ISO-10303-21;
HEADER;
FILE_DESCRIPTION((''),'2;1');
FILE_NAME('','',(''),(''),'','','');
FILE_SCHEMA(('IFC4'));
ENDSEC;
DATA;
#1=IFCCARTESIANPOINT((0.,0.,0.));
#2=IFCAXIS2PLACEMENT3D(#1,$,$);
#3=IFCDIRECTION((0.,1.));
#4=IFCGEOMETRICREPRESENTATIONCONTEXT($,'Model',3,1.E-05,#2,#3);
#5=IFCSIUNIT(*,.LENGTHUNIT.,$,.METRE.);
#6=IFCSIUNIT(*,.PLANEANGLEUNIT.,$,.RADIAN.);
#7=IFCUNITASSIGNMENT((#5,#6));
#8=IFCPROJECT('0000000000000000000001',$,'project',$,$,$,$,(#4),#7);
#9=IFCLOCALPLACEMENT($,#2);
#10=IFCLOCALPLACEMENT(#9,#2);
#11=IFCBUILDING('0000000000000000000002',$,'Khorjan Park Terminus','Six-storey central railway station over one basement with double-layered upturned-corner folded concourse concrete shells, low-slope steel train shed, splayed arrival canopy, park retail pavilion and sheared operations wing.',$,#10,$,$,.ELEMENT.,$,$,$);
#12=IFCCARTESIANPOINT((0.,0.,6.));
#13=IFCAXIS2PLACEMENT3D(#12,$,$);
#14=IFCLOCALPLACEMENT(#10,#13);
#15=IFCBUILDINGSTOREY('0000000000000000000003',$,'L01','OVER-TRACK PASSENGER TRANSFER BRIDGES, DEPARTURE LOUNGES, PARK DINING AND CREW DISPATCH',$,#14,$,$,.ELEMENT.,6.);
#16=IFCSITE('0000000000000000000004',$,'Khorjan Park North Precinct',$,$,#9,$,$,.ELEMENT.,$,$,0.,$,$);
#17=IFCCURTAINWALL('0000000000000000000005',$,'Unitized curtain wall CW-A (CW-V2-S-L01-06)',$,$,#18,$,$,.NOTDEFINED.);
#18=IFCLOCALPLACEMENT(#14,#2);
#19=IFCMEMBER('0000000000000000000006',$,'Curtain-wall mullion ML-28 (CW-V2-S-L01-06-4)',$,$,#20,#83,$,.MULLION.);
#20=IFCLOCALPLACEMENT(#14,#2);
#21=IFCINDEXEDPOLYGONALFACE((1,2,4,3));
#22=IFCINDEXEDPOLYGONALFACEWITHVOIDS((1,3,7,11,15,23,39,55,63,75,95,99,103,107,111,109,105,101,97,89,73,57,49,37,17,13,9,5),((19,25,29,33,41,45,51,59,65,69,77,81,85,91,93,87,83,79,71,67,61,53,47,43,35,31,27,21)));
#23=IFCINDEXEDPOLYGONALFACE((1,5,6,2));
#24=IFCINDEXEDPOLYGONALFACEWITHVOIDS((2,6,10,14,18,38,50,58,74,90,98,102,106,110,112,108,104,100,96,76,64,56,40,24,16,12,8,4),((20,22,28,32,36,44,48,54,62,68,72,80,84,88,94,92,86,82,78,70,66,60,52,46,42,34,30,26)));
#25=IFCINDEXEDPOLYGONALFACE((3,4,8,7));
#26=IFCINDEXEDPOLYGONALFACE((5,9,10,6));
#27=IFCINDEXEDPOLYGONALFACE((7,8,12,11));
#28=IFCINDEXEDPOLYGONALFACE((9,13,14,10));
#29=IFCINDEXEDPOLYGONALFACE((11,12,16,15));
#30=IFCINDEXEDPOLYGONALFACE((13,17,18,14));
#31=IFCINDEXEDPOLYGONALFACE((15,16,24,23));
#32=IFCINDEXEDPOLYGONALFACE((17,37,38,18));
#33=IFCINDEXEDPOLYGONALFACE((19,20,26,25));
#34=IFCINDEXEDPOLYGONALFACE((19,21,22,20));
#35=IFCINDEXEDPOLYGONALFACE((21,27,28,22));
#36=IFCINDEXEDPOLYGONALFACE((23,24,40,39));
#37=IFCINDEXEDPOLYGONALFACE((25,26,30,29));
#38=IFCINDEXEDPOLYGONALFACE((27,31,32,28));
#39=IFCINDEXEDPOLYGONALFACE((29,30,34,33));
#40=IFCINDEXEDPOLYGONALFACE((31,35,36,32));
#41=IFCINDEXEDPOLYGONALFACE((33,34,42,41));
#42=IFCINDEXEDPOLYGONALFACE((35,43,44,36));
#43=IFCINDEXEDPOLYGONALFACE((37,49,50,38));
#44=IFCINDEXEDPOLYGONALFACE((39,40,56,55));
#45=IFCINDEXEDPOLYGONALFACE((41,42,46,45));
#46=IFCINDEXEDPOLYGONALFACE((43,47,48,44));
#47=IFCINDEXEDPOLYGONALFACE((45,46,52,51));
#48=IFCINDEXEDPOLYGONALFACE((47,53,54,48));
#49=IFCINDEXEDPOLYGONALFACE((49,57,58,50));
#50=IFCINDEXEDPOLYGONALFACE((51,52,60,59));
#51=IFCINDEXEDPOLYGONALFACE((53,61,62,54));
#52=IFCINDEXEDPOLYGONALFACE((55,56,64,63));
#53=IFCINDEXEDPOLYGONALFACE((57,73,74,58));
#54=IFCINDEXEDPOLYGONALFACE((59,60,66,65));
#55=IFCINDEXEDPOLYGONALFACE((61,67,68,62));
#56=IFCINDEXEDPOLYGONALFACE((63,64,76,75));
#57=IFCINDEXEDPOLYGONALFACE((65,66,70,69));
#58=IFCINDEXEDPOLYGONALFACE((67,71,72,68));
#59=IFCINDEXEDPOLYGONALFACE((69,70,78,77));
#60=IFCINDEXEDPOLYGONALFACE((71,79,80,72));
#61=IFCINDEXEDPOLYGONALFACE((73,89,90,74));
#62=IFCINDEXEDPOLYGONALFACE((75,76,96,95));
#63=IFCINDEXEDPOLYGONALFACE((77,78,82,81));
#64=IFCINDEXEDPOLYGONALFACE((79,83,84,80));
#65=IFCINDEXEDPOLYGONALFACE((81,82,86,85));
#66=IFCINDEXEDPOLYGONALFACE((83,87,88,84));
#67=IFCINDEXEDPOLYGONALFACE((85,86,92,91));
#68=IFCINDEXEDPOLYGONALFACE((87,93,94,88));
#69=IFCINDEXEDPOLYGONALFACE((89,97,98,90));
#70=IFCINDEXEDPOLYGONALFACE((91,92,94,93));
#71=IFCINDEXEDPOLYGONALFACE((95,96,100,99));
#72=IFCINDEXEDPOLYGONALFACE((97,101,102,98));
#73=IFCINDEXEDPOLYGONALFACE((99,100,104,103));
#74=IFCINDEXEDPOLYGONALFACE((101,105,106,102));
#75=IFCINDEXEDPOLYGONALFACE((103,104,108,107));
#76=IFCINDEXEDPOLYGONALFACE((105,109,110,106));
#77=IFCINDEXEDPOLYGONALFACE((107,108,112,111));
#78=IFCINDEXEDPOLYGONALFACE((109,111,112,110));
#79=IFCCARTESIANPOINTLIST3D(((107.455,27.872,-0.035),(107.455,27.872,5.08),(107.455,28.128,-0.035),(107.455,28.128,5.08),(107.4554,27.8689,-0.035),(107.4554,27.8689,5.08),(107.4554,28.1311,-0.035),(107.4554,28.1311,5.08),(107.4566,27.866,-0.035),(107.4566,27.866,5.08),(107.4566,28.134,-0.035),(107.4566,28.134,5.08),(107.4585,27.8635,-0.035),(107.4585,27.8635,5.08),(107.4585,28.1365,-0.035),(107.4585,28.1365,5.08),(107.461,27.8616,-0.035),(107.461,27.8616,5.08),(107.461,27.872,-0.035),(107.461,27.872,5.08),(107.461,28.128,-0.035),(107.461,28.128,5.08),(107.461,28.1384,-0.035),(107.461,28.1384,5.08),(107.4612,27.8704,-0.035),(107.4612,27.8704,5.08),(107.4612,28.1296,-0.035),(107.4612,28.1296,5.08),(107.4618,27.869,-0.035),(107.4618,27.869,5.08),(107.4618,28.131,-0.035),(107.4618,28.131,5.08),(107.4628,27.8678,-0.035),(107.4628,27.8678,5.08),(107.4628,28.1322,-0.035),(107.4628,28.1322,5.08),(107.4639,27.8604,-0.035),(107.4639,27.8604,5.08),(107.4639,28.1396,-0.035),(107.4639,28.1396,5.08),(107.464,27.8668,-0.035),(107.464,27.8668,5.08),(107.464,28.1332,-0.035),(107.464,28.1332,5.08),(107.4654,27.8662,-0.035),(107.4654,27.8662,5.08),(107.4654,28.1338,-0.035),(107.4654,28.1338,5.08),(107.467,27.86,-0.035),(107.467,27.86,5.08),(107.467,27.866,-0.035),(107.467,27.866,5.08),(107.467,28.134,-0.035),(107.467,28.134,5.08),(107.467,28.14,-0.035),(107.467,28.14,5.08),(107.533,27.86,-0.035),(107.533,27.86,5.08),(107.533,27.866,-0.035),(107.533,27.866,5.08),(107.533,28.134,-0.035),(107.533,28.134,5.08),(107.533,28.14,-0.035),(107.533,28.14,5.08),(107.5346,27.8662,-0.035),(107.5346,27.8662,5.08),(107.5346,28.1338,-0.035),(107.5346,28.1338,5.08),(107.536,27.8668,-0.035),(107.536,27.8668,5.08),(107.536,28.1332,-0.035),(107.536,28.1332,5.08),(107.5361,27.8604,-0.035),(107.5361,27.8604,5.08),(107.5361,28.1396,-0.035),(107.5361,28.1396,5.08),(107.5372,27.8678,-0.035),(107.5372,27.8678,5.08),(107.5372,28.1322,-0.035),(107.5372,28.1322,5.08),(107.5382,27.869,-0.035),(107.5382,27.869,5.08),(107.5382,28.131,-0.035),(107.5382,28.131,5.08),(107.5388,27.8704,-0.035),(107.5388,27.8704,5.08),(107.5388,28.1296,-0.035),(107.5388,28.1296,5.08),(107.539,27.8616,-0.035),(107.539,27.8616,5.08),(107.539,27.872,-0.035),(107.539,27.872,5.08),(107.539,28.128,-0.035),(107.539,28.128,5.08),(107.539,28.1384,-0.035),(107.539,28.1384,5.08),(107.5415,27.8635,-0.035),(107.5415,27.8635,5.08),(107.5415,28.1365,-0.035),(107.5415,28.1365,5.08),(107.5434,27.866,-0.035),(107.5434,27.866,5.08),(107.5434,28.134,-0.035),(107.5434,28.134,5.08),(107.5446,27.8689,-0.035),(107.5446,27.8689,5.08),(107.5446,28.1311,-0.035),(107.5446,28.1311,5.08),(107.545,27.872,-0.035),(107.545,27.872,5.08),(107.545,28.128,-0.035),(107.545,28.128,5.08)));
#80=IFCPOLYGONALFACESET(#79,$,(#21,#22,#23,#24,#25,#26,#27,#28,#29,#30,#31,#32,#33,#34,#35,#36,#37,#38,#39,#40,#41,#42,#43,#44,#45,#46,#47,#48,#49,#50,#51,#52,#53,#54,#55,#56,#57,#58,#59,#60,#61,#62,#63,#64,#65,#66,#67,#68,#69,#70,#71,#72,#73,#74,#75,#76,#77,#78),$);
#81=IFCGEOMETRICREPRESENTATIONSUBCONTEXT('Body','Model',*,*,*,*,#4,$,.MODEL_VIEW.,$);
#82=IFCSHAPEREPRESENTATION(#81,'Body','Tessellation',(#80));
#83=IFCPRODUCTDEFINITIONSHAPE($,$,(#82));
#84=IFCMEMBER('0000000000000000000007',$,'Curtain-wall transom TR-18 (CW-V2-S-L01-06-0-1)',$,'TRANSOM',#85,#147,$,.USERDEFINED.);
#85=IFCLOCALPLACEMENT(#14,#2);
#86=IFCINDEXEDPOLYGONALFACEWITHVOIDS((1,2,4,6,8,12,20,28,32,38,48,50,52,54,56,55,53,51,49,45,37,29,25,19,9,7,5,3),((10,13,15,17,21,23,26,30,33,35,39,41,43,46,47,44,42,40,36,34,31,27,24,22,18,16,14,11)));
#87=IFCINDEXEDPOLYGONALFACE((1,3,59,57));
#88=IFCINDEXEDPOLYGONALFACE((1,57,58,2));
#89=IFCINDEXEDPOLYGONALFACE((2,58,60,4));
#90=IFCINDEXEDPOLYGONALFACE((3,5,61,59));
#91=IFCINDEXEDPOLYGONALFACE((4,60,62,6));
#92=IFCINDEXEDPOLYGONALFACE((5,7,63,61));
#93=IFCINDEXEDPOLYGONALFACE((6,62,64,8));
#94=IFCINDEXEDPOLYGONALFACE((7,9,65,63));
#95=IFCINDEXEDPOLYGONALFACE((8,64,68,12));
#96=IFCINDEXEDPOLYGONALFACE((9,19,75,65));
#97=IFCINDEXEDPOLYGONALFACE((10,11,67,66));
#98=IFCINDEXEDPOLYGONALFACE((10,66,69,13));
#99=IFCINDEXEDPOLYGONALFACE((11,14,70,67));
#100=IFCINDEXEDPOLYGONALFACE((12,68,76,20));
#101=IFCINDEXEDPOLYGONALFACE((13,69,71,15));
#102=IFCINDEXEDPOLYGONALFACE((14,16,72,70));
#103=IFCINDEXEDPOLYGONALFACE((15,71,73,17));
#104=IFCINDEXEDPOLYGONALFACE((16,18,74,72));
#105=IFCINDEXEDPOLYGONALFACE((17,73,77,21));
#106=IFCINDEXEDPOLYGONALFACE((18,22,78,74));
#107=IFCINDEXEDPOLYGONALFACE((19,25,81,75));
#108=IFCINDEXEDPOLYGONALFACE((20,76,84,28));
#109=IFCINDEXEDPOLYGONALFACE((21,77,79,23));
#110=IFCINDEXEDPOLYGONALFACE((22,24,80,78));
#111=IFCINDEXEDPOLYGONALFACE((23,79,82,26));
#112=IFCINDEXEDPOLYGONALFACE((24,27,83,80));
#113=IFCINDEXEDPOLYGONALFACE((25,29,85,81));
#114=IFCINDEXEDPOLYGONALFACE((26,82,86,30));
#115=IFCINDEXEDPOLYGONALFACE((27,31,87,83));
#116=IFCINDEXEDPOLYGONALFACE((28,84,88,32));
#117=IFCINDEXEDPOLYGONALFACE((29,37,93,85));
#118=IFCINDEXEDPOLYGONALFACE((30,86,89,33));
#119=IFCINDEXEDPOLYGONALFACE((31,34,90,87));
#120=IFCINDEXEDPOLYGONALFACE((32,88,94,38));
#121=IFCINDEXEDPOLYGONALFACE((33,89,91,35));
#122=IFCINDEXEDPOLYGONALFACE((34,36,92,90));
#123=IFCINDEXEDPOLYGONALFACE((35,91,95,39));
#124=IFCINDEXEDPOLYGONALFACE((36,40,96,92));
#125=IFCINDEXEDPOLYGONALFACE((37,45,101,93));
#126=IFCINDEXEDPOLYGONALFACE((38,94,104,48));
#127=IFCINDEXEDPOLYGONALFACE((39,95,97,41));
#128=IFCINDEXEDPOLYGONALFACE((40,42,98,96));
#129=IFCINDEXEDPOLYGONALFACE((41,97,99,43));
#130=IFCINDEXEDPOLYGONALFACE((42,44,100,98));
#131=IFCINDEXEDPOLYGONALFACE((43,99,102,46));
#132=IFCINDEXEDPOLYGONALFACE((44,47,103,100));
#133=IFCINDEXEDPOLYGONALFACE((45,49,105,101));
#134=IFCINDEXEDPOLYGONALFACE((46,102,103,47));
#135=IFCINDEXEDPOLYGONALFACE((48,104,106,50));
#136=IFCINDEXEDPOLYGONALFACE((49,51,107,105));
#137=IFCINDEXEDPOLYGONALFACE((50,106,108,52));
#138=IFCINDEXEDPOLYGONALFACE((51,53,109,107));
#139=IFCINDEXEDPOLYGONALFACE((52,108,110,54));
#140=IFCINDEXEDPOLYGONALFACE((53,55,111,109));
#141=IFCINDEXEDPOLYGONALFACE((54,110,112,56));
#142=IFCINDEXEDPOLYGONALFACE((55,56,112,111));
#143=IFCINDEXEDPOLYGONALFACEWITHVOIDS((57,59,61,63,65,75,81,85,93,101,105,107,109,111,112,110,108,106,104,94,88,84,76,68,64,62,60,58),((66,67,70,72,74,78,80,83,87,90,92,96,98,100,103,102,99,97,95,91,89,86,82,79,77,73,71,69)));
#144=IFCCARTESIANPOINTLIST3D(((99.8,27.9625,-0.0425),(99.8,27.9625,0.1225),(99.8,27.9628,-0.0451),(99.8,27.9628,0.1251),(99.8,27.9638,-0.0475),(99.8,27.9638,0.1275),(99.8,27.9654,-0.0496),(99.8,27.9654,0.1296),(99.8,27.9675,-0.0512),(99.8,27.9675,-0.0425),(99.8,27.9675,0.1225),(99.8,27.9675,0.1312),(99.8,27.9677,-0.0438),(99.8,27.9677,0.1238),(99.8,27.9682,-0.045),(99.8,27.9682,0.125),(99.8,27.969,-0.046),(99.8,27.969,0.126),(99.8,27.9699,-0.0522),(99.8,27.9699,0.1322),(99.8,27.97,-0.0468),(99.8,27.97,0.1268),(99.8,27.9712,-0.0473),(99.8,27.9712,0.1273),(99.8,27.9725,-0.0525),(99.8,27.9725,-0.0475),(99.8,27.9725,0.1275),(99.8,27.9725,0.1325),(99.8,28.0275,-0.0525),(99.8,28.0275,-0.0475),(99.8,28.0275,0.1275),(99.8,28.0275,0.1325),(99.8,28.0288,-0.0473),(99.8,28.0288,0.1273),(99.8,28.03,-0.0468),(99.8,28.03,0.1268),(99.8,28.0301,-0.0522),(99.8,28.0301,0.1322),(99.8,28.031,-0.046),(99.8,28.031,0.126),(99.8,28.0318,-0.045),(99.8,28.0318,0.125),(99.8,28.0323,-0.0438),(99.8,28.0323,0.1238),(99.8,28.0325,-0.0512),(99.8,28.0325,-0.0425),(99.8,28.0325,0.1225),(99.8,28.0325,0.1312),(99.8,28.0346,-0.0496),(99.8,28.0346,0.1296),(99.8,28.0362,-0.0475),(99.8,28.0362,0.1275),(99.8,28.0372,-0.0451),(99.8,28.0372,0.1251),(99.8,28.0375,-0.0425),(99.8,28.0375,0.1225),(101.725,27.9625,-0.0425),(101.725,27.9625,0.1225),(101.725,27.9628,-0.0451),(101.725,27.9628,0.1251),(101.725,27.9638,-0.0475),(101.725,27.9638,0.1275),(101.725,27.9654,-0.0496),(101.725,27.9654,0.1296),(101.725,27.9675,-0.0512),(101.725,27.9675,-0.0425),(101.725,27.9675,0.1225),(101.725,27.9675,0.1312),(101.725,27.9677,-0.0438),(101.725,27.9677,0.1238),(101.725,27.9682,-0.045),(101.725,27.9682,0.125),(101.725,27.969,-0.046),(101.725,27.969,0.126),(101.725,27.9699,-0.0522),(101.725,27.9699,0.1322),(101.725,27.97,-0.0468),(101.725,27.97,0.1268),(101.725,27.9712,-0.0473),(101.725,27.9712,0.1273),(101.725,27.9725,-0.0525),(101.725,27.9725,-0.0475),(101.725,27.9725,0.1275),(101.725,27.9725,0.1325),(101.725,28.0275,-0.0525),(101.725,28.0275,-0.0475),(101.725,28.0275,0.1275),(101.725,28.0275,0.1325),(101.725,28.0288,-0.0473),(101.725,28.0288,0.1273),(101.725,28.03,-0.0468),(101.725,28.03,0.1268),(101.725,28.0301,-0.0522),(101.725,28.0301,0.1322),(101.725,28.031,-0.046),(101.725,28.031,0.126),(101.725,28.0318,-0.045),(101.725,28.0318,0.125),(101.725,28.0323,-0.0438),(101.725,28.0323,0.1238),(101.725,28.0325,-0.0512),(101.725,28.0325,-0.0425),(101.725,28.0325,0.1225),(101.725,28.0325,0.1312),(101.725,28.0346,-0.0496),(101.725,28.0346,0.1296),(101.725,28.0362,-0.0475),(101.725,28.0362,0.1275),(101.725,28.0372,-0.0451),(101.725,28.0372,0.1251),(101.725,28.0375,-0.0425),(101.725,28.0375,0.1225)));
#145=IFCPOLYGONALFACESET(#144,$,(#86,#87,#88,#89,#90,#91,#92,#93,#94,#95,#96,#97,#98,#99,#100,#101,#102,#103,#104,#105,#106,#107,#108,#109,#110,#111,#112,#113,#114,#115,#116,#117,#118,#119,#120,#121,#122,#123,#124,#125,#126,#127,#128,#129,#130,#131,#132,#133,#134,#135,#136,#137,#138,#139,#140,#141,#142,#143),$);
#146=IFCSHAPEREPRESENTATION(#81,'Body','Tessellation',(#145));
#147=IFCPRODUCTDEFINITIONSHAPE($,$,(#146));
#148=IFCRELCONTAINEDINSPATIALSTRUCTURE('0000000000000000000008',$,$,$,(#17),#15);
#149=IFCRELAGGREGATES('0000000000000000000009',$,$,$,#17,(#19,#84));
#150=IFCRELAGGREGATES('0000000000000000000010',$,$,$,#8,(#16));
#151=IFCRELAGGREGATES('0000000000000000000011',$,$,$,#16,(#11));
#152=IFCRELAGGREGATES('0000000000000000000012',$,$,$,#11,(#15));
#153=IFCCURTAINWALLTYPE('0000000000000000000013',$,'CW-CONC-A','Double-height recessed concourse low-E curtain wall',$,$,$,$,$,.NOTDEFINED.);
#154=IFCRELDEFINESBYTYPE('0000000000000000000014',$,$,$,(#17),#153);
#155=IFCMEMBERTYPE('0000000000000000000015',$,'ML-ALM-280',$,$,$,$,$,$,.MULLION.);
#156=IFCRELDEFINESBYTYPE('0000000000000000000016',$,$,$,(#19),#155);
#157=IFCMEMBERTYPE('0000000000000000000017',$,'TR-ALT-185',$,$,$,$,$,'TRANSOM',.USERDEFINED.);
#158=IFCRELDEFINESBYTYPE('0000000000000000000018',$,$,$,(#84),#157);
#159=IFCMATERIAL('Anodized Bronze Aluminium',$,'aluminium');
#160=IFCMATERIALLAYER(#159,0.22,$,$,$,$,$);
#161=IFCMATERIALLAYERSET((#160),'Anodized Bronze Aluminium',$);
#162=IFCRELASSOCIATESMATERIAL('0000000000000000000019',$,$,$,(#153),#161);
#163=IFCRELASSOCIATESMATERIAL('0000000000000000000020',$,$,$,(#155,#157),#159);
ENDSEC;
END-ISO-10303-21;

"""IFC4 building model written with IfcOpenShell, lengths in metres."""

from ifc_helpers import new_model, si_unit, direction, frame, origin, origin_2d, place, context, subcontext, project, spatial, hollow_rectangle, extrude, material, layer, layer_set, material_profile, profile_set, type_object, element, aggregate, save


model = new_model("IFC4")

# Units and contexts
model_context = context("Model", 3, precision=1e-05, world=origin(), true_north=direction((0.0, 1.0)))
body_context = subcontext(model_context, "Body", "Model", "MODEL_VIEW")
ifc_project = project(units=[si_unit("LENGTHUNIT", "METRE"), si_unit("PLANEANGLEUNIT", "RADIAN")], contexts=[model_context])

# Site, building, storey
site_placement = place(None, origin())
site = spatial("IfcSite", under=ifc_project, at=site_placement, Name="Khorjan Park North Precinct", CompositionType="ELEMENT", RefElevation=0.0)
building_placement = place(site_placement, origin())
building = spatial("IfcBuilding", under=site, at=building_placement, Name="Khorjan Park Terminus", Description="Six-storey central railway station over one basement with double-layered upturned-corner folded concourse concrete shells, low-slope steel train shed, splayed arrival canopy, park retail pavilion and sheared operations wing.", CompositionType="ELEMENT")
storey_placement = place(building_placement, frame((0.0, 0.0, 6.0)))
storey = spatial("IfcBuildingStorey", under=building, at=storey_placement, Name="L01", Description="OVER-TRACK PASSENGER TRANSFER BRIDGES, DEPARTURE LOUNGES, PARK DINING AND CREW DISPATCH", CompositionType="ELEMENT", Elevation=6.0)

# Shared definitions
ifc_material_1 = material(Name="Anodized Bronze Aluminium", Category="aluminium")
ifc_layer_1 = layer(ifc_material_1, 0.22)
ifc_layer_set_1 = layer_set([ifc_layer_1], Name="Anodized Bronze Aluminium")
curtain_wall_type = type_object("IfcCurtainWallType", Name="CW-CONC-A", Description="Double-height recessed concourse low-E curtain wall", PredefinedType="NOTDEFINED", material=ifc_layer_set_1)
ifc_material_profile_1 = material_profile(ifc_material_1, hollow_rectangle(XDim=0.09, YDim=0.28, WallThickness=0.006, InnerFilletRadius=0.006, OuterFilletRadius=0.012, at=origin_2d()), Name="ALM 90x280x6")
ifc_profile_set_1 = profile_set([ifc_material_profile_1], Name="Anodized Bronze Aluminium")
member_type_1 = type_object("IfcMemberType", Name="ML-ALM-280", PredefinedType="MULLION", material=ifc_profile_set_1)

# Curtain wall, members
curtain_wall_1_placement = place(storey_placement, origin())
curtain_wall_1 = element("IfcCurtainWall", 1, at=curtain_wall_1_placement, inside=storey, type_object=curtain_wall_type, Name="Unitized curtain wall CW-A (CW-V2-S-L01-06)", PredefinedType="NOTDEFINED")
member_1_placement = place(storey_placement, frame((107.5, 28.0, -0.035), z_axis=(0.0, 0.0, 1.0), x_axis=(1.0, 0.0, 0.0)))
member_1 = element("IfcMember", 2, at=member_1_placement, type_object=member_type_1, Name="Curtain-wall mullion ML-28 (CW-V2-S-L01-06-4)", PredefinedType="MULLION", context=body_context, shape_type="SweptSolid", body=[
    extrude(hollow_rectangle(XDim=0.09, YDim=0.28, WallThickness=0.006, InnerFilletRadius=0.006, OuterFilletRadius=0.012, at=origin_2d()), origin(), (0.0, 0.0, 1.0), 5.115),
])
ifc_material_profile_2 = material_profile(ifc_material_1, hollow_rectangle(XDim=0.075, YDim=0.185, WallThickness=0.005, InnerFilletRadius=0.005, OuterFilletRadius=0.01, at=origin_2d()), Name="ALT 75x185x5")
ifc_profile_set_2 = profile_set([ifc_material_profile_2], Name="Anodized Bronze Aluminium")
member_type_2 = type_object("IfcMemberType", Name="TR-ALT-185", ElementType="TRANSOM", PredefinedType="USERDEFINED", material=ifc_profile_set_2)
member_2_placement = place(storey_placement, frame((99.8, 28.0, 0.04), z_axis=(1.0, 0.0, 0.0), x_axis=(0.0, 1.0, 0.0)))
member_2 = element("IfcMember", 3, at=member_2_placement, type_object=member_type_2, Name="Curtain-wall transom TR-18 (CW-V2-S-L01-06-0-1)", ObjectType="TRANSOM", PredefinedType="USERDEFINED", context=body_context, shape_type="SweptSolid", body=[
    extrude(hollow_rectangle(XDim=0.075, YDim=0.185, WallThickness=0.005, InnerFilletRadius=0.005, OuterFilletRadius=0.01, at=origin_2d()), origin(), (0.0, 0.0, 1.0), 1.925),
])

aggregate(curtain_wall_1, [member_1, member_2])

save(model, "model.ifc")
